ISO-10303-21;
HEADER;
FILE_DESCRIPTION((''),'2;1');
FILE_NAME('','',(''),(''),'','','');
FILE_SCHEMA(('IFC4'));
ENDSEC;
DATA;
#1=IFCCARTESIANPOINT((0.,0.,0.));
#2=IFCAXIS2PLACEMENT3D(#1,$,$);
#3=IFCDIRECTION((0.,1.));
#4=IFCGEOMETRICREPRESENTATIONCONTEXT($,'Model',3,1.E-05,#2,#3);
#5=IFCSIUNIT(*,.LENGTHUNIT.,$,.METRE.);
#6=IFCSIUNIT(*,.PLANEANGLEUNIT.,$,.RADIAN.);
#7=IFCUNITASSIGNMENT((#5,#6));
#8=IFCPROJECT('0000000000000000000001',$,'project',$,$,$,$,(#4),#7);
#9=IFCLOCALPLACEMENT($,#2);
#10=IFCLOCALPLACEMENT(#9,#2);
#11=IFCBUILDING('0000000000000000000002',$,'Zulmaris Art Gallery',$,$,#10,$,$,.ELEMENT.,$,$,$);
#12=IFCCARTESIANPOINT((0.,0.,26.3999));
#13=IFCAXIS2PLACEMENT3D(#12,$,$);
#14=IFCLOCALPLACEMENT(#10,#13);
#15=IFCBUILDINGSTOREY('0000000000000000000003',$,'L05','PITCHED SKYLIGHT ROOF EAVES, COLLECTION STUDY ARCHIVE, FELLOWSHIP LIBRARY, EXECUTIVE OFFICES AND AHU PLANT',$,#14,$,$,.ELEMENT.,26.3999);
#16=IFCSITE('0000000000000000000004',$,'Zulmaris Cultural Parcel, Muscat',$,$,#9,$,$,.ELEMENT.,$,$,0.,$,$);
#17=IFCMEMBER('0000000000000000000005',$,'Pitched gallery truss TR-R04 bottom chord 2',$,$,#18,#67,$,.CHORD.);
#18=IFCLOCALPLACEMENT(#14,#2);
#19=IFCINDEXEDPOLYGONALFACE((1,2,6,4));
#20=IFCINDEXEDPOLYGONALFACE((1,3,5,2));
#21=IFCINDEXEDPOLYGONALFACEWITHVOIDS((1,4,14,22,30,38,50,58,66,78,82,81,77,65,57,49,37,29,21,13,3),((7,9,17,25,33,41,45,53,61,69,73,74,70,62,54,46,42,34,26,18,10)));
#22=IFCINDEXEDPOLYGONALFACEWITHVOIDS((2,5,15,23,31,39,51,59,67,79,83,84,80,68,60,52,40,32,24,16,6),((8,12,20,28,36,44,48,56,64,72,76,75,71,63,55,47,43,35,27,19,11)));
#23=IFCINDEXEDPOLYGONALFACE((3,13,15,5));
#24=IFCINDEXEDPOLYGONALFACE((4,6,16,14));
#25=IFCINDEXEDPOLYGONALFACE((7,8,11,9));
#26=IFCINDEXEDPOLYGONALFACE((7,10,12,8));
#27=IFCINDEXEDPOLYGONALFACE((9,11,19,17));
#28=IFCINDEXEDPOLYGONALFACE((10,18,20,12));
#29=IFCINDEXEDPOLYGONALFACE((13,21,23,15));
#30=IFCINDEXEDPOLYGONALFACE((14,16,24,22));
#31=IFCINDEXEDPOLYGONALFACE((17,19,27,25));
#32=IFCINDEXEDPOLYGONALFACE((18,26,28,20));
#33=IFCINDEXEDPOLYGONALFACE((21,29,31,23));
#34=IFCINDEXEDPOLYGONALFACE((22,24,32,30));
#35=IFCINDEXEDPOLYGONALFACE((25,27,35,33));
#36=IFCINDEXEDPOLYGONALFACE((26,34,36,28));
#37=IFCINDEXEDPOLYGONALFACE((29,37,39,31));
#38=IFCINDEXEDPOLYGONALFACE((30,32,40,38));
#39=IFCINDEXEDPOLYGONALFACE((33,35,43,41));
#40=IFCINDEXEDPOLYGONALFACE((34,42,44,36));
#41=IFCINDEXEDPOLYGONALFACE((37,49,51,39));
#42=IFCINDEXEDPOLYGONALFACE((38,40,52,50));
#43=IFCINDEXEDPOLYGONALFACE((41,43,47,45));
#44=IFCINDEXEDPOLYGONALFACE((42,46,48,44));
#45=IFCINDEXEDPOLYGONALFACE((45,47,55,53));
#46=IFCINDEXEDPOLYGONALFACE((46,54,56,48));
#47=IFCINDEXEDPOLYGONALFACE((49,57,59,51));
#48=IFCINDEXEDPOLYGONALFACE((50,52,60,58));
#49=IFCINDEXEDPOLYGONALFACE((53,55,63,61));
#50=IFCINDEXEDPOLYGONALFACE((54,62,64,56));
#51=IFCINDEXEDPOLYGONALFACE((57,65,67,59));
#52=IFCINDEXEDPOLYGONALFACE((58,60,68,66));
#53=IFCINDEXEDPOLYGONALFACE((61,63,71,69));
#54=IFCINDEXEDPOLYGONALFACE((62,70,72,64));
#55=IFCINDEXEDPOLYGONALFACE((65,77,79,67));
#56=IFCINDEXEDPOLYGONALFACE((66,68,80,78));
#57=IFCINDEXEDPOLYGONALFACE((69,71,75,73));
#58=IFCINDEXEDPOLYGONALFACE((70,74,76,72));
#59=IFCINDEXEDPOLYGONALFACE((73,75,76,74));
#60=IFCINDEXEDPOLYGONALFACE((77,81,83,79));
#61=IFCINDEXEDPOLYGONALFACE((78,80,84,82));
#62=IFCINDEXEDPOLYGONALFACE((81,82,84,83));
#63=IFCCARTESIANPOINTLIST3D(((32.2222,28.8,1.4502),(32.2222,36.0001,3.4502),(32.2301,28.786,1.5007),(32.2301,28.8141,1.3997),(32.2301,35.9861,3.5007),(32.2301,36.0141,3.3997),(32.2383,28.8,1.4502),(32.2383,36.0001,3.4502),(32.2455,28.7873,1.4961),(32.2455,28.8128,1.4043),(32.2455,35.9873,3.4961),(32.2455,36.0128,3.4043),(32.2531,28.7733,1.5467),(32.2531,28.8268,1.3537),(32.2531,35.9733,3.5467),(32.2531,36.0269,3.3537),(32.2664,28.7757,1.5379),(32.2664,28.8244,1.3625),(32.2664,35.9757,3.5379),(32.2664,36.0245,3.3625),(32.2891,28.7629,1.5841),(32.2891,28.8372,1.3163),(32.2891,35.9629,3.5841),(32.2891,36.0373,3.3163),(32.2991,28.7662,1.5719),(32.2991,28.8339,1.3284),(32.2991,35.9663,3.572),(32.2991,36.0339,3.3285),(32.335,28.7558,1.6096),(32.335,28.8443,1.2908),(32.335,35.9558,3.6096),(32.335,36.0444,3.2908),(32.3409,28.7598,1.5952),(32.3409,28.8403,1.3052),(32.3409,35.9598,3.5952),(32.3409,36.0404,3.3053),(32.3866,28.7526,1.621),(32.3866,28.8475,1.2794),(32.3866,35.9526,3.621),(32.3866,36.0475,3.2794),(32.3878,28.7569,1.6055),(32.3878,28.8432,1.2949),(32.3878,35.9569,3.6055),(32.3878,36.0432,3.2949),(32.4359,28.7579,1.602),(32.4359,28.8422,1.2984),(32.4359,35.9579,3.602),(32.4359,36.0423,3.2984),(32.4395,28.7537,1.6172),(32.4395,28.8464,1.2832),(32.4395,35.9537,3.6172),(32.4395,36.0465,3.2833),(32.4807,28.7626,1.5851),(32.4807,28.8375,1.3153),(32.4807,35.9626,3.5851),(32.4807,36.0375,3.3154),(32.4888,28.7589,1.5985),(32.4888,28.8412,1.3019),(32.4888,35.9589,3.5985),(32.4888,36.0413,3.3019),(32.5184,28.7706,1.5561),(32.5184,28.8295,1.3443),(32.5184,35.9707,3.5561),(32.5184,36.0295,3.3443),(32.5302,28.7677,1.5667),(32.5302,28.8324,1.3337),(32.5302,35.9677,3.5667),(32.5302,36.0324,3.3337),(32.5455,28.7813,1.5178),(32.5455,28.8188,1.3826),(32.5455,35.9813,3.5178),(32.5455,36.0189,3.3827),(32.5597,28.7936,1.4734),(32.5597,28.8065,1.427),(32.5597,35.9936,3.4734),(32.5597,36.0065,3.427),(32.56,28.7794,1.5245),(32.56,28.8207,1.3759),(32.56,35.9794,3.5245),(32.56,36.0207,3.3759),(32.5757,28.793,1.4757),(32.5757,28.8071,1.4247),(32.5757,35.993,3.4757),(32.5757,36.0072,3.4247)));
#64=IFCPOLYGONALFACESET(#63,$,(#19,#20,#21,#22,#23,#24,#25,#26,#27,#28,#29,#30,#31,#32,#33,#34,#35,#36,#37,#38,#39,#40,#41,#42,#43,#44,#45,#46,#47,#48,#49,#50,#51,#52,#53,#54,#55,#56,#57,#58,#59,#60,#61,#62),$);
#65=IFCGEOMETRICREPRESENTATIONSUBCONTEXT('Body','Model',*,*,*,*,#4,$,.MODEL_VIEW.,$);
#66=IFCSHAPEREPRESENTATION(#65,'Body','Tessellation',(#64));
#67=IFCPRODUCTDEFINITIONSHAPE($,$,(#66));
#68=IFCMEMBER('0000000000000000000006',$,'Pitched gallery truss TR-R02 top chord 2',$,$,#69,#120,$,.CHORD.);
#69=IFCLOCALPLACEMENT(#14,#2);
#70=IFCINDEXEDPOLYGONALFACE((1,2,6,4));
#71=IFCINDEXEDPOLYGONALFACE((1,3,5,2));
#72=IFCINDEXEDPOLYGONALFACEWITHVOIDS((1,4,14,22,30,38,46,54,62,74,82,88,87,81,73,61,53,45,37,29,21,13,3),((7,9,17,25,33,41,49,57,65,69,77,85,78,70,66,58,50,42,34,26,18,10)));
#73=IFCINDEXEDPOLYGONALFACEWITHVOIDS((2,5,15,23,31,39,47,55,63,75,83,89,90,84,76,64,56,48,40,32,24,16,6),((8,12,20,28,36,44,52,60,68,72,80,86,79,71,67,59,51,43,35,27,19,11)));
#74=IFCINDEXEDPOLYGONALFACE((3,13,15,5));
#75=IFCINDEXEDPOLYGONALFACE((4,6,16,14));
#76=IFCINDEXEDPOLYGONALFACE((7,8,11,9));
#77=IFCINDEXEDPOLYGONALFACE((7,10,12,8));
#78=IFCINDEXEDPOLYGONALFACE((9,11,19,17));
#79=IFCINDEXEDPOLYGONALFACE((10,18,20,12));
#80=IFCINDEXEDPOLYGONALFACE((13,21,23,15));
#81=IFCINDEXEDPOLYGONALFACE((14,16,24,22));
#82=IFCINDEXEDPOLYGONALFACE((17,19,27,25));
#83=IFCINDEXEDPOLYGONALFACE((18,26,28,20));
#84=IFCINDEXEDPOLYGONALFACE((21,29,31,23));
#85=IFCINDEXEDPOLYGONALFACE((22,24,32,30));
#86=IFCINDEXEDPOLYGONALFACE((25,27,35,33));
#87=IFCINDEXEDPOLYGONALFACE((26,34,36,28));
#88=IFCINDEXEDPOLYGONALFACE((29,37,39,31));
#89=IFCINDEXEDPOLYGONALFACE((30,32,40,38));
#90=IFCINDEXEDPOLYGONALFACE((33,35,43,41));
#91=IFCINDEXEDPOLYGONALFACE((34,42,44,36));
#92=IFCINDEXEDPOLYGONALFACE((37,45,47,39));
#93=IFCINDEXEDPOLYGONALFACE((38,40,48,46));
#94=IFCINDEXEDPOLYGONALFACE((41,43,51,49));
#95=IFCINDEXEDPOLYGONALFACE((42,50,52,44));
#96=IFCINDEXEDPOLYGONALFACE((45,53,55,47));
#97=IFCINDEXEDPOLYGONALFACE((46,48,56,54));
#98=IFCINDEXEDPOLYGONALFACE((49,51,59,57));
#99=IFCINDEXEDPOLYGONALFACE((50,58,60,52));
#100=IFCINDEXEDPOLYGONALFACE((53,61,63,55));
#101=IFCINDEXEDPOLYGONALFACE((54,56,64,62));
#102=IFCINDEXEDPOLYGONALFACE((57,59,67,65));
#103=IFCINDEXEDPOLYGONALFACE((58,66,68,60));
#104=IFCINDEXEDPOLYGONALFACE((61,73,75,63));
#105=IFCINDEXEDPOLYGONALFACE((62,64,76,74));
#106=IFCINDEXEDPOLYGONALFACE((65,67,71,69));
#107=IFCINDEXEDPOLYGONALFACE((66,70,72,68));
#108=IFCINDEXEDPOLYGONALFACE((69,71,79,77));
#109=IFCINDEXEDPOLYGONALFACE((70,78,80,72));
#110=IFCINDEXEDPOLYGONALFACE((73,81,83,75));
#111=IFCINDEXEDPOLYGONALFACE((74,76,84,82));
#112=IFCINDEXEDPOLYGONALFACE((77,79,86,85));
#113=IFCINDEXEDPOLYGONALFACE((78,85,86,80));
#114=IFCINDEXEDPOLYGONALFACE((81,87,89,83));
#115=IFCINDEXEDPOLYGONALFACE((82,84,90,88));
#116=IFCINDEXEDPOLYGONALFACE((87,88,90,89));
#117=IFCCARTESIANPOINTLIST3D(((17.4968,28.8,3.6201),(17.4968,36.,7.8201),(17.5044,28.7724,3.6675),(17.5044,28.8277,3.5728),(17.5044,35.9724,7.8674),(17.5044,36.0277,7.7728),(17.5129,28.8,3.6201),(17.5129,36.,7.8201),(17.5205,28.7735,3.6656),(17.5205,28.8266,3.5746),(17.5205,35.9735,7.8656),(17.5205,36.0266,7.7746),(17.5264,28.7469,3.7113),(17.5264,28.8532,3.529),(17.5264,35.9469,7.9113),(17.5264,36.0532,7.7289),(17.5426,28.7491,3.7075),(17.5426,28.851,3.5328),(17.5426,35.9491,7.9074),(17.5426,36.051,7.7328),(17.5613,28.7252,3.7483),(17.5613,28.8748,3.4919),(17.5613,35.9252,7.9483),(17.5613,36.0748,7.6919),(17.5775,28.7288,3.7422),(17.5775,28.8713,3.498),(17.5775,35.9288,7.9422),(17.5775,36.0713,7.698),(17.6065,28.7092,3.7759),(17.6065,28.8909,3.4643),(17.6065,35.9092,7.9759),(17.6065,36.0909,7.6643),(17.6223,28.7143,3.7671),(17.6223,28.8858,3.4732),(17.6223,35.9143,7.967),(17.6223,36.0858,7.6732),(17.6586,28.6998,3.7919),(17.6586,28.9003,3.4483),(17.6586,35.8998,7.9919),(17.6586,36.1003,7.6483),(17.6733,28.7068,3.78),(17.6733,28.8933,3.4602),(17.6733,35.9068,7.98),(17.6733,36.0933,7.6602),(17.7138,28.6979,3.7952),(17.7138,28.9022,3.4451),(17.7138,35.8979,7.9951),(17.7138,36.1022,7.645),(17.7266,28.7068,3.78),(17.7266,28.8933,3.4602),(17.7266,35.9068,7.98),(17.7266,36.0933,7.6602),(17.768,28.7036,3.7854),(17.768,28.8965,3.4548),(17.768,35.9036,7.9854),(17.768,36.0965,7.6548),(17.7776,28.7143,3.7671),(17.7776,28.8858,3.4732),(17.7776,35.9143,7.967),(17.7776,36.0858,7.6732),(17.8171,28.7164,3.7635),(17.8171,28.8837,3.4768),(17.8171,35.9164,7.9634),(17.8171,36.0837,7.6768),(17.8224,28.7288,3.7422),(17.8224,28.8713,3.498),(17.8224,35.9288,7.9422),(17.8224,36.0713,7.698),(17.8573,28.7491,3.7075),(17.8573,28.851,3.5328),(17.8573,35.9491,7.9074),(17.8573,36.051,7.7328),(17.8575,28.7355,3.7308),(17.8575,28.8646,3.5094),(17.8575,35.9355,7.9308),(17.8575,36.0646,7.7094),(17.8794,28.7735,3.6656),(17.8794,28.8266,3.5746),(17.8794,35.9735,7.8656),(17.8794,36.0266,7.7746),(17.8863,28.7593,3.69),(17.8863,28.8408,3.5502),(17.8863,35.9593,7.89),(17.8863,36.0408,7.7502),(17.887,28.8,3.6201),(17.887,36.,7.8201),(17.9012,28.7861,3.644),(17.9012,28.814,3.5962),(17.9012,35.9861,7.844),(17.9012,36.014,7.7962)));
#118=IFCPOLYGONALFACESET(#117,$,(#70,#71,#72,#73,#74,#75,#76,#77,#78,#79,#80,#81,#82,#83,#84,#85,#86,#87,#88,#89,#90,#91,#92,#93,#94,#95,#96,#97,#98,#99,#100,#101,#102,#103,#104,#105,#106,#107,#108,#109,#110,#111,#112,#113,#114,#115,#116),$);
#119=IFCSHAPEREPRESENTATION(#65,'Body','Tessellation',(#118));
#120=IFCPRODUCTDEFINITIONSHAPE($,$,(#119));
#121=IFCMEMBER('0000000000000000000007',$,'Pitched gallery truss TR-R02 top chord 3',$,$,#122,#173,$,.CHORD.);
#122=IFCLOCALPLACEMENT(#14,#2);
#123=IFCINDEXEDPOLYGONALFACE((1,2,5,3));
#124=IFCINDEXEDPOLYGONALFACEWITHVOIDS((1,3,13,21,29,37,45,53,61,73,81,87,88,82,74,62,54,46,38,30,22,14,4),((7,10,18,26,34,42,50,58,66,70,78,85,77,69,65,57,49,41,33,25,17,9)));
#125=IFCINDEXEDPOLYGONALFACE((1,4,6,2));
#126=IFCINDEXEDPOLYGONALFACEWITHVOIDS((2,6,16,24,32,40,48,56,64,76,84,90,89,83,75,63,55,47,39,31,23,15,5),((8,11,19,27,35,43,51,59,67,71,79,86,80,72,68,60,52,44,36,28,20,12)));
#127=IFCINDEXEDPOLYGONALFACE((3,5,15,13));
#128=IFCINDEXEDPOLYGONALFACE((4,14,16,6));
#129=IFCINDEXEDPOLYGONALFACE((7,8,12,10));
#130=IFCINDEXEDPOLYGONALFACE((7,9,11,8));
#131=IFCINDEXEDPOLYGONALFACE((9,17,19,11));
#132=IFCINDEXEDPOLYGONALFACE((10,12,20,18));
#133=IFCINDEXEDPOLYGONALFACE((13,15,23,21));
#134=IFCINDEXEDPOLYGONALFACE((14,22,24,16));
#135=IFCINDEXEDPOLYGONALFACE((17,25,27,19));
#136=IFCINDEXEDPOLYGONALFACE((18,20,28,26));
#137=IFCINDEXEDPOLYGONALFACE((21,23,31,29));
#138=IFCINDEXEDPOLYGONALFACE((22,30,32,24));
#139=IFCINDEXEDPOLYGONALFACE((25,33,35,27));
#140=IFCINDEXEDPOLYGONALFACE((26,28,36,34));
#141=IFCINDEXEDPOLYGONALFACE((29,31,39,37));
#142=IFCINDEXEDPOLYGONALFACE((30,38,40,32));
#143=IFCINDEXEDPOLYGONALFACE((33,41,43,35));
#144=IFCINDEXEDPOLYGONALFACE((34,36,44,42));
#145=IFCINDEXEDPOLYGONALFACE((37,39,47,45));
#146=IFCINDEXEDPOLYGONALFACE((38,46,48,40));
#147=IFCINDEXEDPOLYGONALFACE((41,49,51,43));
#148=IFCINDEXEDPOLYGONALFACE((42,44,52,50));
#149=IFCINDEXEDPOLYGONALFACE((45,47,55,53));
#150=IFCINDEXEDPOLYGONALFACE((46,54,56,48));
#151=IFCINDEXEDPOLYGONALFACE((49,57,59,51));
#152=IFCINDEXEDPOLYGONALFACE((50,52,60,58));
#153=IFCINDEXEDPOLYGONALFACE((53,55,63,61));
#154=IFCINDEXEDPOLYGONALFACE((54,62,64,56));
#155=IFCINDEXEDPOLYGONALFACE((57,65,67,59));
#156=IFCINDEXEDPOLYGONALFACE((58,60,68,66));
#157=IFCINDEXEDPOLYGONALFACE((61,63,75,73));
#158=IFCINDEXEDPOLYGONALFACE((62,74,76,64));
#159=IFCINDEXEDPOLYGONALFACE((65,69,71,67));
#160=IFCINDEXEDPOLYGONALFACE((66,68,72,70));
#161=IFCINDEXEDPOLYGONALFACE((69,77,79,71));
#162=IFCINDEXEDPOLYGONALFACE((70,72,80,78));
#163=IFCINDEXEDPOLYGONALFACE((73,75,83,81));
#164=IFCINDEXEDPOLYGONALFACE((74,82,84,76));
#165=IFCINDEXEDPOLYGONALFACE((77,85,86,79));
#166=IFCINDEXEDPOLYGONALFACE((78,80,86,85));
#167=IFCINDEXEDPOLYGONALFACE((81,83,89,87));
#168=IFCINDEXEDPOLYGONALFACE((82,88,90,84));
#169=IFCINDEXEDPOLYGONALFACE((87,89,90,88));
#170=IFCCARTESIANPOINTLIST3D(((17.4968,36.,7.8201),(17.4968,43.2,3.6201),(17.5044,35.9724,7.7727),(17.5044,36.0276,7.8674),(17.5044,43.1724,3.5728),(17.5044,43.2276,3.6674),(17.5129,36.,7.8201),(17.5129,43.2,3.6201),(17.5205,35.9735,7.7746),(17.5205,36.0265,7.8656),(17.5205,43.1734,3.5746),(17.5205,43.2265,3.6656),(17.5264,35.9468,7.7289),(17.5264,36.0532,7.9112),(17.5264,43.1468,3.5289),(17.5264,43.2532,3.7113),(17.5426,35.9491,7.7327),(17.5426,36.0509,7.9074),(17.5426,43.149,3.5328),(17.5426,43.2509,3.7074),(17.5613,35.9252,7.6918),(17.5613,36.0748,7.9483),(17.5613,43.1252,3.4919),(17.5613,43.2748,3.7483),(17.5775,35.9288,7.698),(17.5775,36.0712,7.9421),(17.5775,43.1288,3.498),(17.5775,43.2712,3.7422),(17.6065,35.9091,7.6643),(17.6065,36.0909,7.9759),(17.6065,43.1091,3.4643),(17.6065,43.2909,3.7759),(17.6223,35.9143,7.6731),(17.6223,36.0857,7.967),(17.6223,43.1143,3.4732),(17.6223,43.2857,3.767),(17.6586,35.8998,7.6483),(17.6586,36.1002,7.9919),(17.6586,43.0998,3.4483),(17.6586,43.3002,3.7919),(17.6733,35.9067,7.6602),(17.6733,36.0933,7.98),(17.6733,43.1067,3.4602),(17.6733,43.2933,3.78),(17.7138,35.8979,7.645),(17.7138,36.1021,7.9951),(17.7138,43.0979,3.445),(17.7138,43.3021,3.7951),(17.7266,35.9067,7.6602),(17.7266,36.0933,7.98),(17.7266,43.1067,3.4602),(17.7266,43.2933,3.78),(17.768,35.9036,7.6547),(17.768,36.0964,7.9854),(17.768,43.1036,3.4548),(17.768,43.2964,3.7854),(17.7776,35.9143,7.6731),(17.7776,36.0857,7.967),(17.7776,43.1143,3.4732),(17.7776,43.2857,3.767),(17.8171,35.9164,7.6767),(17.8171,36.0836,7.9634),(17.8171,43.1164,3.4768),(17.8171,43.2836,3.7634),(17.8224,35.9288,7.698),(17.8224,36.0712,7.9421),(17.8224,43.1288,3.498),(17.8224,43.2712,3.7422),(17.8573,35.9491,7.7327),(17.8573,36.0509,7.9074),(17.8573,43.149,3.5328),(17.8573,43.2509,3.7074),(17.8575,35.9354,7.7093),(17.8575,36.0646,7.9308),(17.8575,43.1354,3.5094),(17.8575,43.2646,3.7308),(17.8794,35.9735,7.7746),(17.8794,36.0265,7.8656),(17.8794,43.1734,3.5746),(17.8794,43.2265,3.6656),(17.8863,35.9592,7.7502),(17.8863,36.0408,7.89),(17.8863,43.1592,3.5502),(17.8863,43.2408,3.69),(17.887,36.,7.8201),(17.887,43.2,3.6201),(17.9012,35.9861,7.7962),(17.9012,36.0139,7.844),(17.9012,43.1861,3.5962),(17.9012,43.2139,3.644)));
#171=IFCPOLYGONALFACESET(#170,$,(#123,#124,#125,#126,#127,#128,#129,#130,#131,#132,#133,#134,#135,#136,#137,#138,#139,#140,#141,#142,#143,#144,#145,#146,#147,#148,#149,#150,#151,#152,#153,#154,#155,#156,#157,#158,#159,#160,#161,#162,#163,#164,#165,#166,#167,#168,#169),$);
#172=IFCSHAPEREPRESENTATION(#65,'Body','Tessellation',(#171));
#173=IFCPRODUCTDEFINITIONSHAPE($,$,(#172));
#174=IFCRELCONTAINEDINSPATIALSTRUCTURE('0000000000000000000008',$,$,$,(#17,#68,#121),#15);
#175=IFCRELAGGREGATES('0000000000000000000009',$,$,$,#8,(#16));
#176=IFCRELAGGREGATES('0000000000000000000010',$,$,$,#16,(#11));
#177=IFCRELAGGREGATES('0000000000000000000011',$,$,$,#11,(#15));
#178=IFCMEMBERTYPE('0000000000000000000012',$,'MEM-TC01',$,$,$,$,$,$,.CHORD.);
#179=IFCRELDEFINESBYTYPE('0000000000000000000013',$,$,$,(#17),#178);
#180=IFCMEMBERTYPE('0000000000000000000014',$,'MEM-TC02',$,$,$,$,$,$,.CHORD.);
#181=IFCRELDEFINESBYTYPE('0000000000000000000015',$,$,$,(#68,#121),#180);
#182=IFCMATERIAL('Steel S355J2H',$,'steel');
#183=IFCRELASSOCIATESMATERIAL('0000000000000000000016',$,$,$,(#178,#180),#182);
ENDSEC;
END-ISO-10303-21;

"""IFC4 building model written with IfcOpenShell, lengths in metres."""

from ifc_helpers import new_model, si_unit, direction, frame, origin, origin_2d, place, context, subcontext, project, spatial, hollow_circle, extrude, material, material_profile, profile_set, type_object, element, save


model = new_model("IFC4")

# Units and contexts
model_context = context("Model", 3, precision=1e-05, world=origin(), true_north=direction((0.0, 1.0)))
body_context = subcontext(model_context, "Body", "Model", "MODEL_VIEW")
ifc_project = project(units=[si_unit("LENGTHUNIT", "METRE"), si_unit("PLANEANGLEUNIT", "RADIAN")], contexts=[model_context])

# Site, building, storey
site_placement = place(None, origin())
site = spatial("IfcSite", under=ifc_project, at=site_placement, Name="Zulmaris Cultural Parcel, Muscat", CompositionType="ELEMENT", RefElevation=0.0)
building_placement = place(site_placement, origin())
building = spatial("IfcBuilding", under=site, at=building_placement, Name="Zulmaris Art Gallery", CompositionType="ELEMENT")
storey_placement = place(building_placement, frame((0.0, 0.0, 26.3999)))
storey = spatial("IfcBuildingStorey", under=building, at=storey_placement, Name="L05", Description="PITCHED SKYLIGHT ROOF EAVES, COLLECTION STUDY ARCHIVE, FELLOWSHIP LIBRARY, EXECUTIVE OFFICES AND AHU PLANT", CompositionType="ELEMENT", Elevation=26.3999)

# Members
ifc_material_1 = material(Name="Steel S355J2H", Category="steel")
ifc_material_profile_1 = material_profile(ifc_material_1, hollow_circle(Radius=0.1777, WallThickness=0.0161, at=origin_2d()), Name="CHS 355.6x16")
ifc_profile_set_1 = profile_set([ifc_material_profile_1], Name="Steel S355J2H")
member_type_1 = type_object("IfcMemberType", Name="MEM-TC01", PredefinedType="CHORD", material=ifc_profile_set_1)
for number, where, z_axis, x_axis, name in (
    (1, (32.3999, 28.8, 1.4502), (0.0, 0.963517, 0.267646), (-1.0, 0.0, 0.0), "Pitched gallery truss TR-R04 bottom chord 2"),
):
    element("IfcMember", number, at=place(storey_placement, frame(where, z_axis=z_axis, x_axis=x_axis)), inside=storey, type_object=member_type_1, Name=name, PredefinedType="CHORD", context=body_context, shape_type="SweptSolid", body=[
        extrude(hollow_circle(Radius=0.1777, WallThickness=0.0161, at=origin_2d()), origin(), (0.0, 0.0, 1.0), 7.4727),
    ])
ifc_material_profile_2 = material_profile(ifc_material_1, hollow_circle(Radius=0.2031, WallThickness=0.0161, at=origin_2d()), Name="CHS 406.4x16")
ifc_profile_set_2 = profile_set([ifc_material_profile_2], Name="Steel S355J2H")
member_type_2 = type_object("IfcMemberType", Name="MEM-TC02", PredefinedType="CHORD", material=ifc_profile_set_2)
for number, where, z_axis, x_axis, name in (
    (2, (17.7, 28.8, 3.6201), (0.0, 0.86378, 0.503869), (-1.0, 0.0, 0.0), "Pitched gallery truss TR-R02 top chord 2"),
    (3, (17.7, 36.0, 7.8201), (0.0, 0.86378, -0.503869), (-1.0, 0.0, 0.0), "Pitched gallery truss TR-R02 top chord 3"),
):
    element("IfcMember", number, at=place(storey_placement, frame(where, z_axis=z_axis, x_axis=x_axis)), inside=storey, type_object=member_type_2, Name=name, PredefinedType="CHORD", context=body_context, shape_type="SweptSolid", body=[
        extrude(hollow_circle(Radius=0.2031, WallThickness=0.0161, at=origin_2d()), origin(), (0.0, 0.0, 1.0), 8.3354),
    ])

save(model, "model.ifc")
